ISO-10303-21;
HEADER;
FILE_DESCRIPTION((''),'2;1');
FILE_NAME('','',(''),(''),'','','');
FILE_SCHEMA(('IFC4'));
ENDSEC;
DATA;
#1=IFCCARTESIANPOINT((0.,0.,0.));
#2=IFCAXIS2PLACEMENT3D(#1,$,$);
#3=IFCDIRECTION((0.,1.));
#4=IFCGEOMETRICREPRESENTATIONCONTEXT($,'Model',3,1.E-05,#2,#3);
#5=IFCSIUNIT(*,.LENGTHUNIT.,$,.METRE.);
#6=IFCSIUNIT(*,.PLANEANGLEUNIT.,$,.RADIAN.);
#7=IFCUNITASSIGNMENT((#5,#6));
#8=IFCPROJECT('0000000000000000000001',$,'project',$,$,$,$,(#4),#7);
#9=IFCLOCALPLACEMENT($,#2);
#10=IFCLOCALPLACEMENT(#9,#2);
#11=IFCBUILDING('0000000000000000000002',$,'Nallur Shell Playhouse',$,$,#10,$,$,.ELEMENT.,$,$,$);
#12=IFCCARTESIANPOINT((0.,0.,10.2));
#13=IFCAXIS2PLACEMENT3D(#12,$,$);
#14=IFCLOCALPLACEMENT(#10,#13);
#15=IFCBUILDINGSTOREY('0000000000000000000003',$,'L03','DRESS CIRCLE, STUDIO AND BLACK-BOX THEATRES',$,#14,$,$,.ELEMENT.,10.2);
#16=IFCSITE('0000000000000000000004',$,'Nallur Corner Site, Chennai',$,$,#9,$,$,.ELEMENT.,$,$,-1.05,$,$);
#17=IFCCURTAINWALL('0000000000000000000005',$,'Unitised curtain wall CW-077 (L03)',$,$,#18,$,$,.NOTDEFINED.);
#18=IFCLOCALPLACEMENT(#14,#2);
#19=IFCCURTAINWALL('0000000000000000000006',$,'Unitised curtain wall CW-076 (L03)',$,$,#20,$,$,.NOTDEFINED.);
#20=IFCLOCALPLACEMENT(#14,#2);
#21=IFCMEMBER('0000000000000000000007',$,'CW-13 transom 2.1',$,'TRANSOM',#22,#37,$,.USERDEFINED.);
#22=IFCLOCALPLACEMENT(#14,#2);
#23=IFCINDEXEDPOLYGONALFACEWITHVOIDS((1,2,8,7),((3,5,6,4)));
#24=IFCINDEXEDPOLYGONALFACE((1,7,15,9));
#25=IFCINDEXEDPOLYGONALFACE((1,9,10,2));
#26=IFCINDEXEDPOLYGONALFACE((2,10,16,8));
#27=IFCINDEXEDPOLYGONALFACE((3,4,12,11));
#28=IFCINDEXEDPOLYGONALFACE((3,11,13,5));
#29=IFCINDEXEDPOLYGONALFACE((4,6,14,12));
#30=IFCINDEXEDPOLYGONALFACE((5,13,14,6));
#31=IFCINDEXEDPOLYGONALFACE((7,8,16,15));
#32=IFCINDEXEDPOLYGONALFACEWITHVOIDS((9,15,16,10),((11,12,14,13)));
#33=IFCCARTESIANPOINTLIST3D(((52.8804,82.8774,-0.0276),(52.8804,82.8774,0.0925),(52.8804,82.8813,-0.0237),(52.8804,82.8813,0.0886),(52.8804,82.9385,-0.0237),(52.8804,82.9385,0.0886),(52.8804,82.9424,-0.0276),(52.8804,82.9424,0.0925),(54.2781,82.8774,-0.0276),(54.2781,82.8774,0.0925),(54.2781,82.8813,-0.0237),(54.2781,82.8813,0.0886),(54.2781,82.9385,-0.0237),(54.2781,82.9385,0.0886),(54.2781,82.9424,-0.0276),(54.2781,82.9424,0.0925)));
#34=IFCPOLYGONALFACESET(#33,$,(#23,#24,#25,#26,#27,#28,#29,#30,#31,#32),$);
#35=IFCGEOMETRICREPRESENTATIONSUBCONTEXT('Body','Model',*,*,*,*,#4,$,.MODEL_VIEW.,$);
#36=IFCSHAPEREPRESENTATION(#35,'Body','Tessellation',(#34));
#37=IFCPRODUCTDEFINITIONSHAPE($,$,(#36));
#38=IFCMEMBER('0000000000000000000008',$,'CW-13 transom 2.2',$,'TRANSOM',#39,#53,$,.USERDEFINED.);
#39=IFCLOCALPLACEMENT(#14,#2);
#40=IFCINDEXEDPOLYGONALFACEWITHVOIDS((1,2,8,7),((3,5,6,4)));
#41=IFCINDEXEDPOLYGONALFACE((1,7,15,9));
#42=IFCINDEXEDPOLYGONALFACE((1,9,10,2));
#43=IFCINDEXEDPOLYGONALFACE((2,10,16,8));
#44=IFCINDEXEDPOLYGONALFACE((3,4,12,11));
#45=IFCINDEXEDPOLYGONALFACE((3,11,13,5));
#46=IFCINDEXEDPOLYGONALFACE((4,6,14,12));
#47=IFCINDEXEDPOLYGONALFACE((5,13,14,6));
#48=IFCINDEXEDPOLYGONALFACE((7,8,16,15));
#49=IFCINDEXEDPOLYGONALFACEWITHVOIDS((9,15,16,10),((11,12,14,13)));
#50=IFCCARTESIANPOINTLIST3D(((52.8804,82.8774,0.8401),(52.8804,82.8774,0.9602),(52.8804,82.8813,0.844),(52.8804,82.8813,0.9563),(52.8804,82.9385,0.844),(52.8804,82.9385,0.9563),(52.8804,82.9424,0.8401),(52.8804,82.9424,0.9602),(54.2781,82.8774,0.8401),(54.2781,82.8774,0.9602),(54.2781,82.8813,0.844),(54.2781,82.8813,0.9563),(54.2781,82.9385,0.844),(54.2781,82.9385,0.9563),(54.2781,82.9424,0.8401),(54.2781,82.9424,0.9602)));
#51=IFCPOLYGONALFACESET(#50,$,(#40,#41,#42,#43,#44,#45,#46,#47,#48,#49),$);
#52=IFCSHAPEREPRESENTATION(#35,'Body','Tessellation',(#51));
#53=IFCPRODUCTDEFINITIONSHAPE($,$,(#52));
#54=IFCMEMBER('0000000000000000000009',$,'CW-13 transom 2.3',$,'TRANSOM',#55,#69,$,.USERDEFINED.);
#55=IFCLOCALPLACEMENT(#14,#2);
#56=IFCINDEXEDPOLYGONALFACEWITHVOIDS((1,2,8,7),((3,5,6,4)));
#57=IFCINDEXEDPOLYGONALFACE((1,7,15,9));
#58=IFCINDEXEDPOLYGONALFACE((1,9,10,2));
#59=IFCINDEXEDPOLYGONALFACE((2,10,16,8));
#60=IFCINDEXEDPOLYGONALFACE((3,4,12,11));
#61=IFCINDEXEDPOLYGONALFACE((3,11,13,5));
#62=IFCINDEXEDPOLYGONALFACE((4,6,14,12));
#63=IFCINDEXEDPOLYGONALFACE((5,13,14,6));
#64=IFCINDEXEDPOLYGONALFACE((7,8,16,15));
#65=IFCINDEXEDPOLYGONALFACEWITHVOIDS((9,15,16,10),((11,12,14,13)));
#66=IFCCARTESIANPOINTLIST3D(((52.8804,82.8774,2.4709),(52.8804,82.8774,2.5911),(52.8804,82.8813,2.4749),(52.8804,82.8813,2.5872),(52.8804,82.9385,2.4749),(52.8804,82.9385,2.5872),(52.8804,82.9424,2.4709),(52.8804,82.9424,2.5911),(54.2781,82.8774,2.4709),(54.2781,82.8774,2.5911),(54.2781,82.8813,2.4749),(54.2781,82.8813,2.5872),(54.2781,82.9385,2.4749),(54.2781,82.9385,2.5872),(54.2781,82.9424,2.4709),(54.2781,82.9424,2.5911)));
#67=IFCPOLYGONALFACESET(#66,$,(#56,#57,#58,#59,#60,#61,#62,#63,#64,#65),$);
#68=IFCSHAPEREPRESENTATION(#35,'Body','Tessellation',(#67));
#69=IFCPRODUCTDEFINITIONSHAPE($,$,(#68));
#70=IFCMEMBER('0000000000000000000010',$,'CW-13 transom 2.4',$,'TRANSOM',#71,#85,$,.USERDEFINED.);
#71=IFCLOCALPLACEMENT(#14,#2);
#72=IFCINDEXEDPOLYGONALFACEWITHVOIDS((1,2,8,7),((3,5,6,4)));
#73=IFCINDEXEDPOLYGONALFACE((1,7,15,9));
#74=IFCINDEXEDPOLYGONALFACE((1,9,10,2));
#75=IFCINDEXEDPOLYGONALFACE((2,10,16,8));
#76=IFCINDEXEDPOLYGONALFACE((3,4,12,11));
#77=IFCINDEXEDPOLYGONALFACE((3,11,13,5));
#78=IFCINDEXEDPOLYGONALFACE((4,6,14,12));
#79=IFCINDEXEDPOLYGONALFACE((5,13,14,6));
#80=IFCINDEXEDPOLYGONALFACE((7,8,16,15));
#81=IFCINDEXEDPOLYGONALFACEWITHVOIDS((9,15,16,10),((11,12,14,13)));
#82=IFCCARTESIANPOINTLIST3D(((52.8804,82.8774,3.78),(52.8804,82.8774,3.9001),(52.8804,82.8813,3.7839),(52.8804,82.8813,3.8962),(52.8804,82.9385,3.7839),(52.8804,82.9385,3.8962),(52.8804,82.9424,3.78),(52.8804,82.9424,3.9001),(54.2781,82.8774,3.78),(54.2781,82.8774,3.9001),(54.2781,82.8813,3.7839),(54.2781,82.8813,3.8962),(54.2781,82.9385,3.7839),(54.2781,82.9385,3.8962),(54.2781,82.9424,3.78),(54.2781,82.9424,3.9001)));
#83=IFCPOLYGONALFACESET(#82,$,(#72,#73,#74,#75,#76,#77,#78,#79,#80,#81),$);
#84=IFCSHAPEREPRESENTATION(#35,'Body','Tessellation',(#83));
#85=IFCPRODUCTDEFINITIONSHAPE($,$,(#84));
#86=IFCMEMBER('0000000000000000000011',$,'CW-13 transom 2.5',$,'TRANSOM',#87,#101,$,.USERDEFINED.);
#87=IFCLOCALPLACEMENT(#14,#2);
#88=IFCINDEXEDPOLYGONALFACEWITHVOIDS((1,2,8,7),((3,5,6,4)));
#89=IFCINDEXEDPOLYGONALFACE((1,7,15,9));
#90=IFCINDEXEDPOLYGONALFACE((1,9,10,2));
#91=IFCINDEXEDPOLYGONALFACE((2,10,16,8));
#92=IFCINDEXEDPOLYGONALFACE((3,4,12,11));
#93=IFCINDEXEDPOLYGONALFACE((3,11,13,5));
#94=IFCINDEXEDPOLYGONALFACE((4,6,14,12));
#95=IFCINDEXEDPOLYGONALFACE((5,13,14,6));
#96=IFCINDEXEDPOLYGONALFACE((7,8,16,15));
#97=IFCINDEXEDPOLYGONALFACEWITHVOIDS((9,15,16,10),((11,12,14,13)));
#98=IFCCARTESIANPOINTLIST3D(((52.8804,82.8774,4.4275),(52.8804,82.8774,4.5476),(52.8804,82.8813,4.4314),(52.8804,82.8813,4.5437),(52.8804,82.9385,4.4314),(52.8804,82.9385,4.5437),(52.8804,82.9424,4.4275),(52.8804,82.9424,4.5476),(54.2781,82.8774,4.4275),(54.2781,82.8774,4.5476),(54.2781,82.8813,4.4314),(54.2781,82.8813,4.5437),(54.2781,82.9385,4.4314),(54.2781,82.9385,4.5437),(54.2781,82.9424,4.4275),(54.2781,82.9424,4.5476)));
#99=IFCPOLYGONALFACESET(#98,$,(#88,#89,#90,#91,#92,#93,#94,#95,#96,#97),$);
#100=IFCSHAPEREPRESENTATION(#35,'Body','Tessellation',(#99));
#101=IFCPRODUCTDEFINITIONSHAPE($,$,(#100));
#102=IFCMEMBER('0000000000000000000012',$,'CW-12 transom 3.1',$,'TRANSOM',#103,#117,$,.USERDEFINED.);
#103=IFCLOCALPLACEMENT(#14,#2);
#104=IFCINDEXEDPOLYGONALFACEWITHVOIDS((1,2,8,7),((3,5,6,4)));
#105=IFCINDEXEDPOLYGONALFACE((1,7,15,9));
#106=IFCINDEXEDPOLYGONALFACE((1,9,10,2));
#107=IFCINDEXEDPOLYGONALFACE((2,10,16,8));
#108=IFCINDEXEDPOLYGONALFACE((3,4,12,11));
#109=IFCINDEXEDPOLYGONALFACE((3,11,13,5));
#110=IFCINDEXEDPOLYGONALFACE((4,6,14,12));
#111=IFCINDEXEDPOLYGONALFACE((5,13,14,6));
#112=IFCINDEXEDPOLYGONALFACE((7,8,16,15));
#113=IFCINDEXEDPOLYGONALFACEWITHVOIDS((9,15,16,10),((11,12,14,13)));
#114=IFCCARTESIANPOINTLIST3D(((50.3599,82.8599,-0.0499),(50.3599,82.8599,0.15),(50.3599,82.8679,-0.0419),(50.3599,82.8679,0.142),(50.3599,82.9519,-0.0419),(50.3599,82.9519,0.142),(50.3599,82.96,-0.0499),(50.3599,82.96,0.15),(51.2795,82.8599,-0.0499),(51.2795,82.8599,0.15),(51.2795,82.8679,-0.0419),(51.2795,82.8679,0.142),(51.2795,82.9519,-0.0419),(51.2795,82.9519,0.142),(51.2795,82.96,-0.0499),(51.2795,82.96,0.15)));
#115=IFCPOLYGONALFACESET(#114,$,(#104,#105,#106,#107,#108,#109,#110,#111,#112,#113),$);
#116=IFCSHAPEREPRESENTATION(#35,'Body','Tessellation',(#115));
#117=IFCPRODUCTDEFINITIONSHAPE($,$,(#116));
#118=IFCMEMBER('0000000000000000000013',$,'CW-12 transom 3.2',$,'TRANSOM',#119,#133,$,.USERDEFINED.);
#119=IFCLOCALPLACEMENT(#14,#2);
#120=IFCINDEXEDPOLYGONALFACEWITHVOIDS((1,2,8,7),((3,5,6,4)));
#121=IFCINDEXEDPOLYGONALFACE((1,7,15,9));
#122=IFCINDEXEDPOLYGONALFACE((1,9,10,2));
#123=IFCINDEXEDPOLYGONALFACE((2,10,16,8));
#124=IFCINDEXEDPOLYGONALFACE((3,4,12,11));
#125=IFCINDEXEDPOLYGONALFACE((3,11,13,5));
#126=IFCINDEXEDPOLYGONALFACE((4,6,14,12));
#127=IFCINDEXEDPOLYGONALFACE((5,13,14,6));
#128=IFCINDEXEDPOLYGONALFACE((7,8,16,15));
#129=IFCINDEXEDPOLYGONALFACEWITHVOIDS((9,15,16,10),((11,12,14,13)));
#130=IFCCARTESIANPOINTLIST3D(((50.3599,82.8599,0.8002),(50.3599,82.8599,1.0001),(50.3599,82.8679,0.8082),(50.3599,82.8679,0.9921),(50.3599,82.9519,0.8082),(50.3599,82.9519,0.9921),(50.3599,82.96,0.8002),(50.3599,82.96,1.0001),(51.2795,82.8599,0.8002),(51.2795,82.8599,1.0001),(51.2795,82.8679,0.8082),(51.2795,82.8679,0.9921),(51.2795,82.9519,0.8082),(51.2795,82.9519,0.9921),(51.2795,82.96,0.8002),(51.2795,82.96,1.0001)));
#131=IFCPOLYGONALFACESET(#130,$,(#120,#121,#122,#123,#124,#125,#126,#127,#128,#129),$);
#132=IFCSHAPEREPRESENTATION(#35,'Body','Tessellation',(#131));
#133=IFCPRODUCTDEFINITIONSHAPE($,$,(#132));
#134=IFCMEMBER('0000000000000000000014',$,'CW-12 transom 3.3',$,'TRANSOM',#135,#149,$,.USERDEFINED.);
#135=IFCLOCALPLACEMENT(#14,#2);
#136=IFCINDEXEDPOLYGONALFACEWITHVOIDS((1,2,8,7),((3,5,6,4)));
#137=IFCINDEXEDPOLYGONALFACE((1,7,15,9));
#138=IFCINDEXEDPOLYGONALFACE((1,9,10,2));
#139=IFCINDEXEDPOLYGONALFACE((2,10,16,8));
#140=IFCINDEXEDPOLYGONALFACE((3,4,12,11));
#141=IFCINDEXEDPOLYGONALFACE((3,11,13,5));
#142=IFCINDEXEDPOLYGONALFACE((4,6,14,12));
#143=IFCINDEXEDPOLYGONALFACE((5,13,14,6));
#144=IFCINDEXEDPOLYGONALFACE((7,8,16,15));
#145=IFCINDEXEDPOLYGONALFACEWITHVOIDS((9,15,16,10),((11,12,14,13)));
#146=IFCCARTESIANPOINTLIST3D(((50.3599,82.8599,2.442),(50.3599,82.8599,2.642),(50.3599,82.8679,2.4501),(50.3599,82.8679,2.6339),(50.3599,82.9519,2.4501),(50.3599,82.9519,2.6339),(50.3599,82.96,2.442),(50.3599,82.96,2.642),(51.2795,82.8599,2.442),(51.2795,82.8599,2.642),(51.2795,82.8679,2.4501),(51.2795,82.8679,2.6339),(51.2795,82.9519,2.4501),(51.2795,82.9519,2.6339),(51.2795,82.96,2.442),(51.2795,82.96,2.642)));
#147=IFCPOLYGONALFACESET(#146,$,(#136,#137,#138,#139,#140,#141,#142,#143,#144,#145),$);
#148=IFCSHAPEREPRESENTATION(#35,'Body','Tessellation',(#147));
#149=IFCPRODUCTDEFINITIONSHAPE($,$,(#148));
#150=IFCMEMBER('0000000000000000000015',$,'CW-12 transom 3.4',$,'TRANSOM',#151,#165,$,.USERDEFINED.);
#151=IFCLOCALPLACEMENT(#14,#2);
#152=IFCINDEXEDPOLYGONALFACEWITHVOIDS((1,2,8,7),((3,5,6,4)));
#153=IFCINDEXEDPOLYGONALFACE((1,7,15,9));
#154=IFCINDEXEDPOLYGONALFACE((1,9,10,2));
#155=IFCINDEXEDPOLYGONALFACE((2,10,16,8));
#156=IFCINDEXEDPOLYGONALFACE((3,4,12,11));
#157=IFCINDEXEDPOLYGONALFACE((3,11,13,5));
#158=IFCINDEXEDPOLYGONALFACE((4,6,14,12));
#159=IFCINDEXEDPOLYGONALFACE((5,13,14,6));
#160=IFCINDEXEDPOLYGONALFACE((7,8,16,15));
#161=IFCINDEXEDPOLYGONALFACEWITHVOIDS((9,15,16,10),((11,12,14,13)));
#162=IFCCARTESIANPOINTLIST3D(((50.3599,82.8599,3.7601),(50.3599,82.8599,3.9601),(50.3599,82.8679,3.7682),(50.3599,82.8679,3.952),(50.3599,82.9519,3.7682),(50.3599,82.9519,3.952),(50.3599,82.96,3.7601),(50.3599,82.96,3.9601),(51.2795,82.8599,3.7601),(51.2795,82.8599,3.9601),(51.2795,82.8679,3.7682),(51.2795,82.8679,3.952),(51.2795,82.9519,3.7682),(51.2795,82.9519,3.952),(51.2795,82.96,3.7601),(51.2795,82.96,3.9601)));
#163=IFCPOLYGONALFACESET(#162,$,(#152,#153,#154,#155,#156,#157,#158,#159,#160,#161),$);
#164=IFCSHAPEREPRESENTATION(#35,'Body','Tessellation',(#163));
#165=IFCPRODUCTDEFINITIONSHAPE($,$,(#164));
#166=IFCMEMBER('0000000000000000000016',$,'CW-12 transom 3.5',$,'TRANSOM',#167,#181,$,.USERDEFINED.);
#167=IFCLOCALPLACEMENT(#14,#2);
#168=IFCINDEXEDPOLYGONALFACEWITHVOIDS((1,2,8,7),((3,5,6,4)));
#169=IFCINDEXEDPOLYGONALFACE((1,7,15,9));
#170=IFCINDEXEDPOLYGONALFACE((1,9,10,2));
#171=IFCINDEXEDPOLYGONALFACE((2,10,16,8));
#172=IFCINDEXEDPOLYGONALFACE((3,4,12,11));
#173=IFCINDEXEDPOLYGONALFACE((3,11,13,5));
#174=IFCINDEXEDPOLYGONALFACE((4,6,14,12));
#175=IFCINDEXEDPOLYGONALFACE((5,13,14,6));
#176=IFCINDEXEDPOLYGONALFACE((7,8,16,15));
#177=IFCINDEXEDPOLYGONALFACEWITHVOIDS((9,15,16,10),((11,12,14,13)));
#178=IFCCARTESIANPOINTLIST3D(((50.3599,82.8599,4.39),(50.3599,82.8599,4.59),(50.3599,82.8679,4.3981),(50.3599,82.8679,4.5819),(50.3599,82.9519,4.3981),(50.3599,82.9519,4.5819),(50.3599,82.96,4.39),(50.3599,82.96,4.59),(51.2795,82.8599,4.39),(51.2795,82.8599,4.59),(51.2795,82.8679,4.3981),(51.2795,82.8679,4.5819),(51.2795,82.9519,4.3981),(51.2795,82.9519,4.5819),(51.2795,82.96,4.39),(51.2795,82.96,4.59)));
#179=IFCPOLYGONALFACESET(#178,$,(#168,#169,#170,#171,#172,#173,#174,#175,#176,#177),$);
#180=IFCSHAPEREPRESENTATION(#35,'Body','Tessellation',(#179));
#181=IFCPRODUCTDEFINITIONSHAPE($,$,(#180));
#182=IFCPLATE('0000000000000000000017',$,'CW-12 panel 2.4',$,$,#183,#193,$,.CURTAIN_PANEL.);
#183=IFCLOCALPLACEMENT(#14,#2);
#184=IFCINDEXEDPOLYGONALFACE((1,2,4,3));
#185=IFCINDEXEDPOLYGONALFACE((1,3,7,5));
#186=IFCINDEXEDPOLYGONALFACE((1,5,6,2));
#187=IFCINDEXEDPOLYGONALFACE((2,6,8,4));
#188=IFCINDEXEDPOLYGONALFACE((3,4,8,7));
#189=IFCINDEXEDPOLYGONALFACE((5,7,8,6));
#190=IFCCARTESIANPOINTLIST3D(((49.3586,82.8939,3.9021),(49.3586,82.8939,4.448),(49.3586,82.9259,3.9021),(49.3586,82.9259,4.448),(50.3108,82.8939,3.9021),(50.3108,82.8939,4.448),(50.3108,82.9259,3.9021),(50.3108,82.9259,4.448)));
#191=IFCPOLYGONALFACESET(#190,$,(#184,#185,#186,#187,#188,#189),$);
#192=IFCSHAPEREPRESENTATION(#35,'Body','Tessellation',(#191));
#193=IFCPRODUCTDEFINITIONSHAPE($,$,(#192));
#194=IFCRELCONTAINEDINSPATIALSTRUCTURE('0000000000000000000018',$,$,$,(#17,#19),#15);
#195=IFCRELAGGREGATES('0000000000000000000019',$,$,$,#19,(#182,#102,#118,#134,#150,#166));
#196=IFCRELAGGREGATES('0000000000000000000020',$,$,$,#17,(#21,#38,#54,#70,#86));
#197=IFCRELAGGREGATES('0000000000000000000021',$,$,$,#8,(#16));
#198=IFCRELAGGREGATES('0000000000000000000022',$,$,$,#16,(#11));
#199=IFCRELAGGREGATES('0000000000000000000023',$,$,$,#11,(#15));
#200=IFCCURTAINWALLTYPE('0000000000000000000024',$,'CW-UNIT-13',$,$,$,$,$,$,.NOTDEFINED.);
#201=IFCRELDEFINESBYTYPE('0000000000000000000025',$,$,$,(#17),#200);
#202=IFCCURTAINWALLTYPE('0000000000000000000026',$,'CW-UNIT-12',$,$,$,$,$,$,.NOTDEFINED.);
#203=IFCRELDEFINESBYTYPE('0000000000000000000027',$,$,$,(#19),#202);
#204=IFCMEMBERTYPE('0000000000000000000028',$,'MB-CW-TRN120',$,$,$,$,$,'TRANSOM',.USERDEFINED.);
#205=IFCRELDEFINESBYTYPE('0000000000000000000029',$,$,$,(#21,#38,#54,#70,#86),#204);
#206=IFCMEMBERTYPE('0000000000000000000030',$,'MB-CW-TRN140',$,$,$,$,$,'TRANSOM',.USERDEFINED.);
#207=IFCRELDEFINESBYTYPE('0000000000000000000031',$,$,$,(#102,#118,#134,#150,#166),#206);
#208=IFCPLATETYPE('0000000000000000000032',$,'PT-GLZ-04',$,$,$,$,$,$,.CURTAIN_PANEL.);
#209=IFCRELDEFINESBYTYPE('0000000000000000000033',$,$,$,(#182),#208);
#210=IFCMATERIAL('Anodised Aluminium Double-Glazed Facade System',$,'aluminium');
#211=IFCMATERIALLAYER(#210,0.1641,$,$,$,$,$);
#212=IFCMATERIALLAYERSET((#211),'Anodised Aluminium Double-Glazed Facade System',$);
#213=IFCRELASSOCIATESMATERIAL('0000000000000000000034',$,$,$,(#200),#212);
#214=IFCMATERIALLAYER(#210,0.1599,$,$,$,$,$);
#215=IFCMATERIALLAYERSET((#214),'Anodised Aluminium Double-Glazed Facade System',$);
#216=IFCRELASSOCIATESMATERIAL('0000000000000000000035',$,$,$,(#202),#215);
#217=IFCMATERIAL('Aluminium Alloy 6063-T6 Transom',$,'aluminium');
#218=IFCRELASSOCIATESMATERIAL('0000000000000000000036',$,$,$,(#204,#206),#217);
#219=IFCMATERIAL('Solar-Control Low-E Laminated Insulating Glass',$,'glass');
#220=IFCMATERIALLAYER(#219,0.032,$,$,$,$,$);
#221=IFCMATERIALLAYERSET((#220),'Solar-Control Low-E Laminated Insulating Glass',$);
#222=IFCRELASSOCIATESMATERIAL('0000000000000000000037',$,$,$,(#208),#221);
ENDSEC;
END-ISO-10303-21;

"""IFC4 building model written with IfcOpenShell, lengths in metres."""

from ifc_helpers import new_model, si_unit, direction, frame, origin, origin_2d, place, context, subcontext, project, spatial, rectangle, hollow_rectangle, extrude, material, layer, layer_set, material_profile, profile_set, type_object, element, aggregate, save


model = new_model("IFC4")

# Units and contexts
model_context = context("Model", 3, precision=1e-05, world=origin(), true_north=direction((0.0, 1.0)))
body_context = subcontext(model_context, "Body", "Model", "MODEL_VIEW")
ifc_project = project(units=[si_unit("LENGTHUNIT", "METRE"), si_unit("PLANEANGLEUNIT", "RADIAN")], contexts=[model_context])

# Site, building, storey
site_placement = place(None, origin())
site = spatial("IfcSite", under=ifc_project, at=site_placement, Name="Nallur Corner Site, Chennai", CompositionType="ELEMENT", RefElevation=-1.05)
building_placement = place(site_placement, origin())
building = spatial("IfcBuilding", under=site, at=building_placement, Name="Nallur Shell Playhouse", CompositionType="ELEMENT")
storey_placement = place(building_placement, frame((0.0, 0.0, 10.2)))
storey = spatial("IfcBuildingStorey", under=building, at=storey_placement, Name="L03", Description="DRESS CIRCLE, STUDIO AND BLACK-BOX THEATRES", CompositionType="ELEMENT", Elevation=10.2)

# Curtain walls
ifc_material_1 = material(Name="Anodised Aluminium Double-Glazed Facade System", Category="aluminium")
ifc_layer_1 = layer(ifc_material_1, 0.1641)
ifc_layer_set_1 = layer_set([ifc_layer_1], Name="Anodised Aluminium Double-Glazed Facade System")
curtain_wall_type_1 = type_object("IfcCurtainWallType", Name="CW-UNIT-13", PredefinedType="NOTDEFINED", material=ifc_layer_set_1)
curtain_wall_1_placement = place(storey_placement, origin())
curtain_wall_1 = element("IfcCurtainWall", 1, at=curtain_wall_1_placement, inside=storey, type_object=curtain_wall_type_1, Name="Unitised curtain wall CW-077 (L03)", PredefinedType="NOTDEFINED")
ifc_layer_2 = layer(ifc_material_1, 0.1599)
ifc_layer_set_2 = layer_set([ifc_layer_2], Name="Anodised Aluminium Double-Glazed Facade System")
curtain_wall_type_2 = type_object("IfcCurtainWallType", Name="CW-UNIT-12", PredefinedType="NOTDEFINED", material=ifc_layer_set_2)
curtain_wall_2_placement = place(storey_placement, origin())
curtain_wall_2 = element("IfcCurtainWall", 2, at=curtain_wall_2_placement, inside=storey, type_object=curtain_wall_type_2, Name="Unitised curtain wall CW-076 (L03)", PredefinedType="NOTDEFINED")

# Members
ifc_material_2 = material(Name="Aluminium Alloy 6063-T6 Transom", Category="aluminium")
ifc_material_profile_1 = material_profile(ifc_material_2, hollow_rectangle(XDim=0.0649, YDim=0.1201, WallThickness=0.0039, at=origin_2d()), Name="ALU 65x120x4")
ifc_profile_set_1 = profile_set([ifc_material_profile_1], Name="Aluminium Alloy 6063-T6 Transom")
member_type_1 = type_object("IfcMemberType", Name="MB-CW-TRN120", ElementType="TRANSOM", PredefinedType="USERDEFINED", material=ifc_profile_set_1)
member_1_placement = place(storey_placement, frame((52.8804, 82.9099, 0.0325), z_axis=(1.0, 0.0, 0.0), x_axis=(0.0, 1.0, 0.0)))
member_1 = element("IfcMember", 3, at=member_1_placement, type_object=member_type_1, Name="CW-13 transom 2.1", ObjectType="TRANSOM", PredefinedType="USERDEFINED", context=body_context, shape_type="SweptSolid", body=[
    extrude(hollow_rectangle(XDim=0.0649, YDim=0.1201, WallThickness=0.0039, at=origin_2d()), origin(), (0.0, 0.0, 1.0), 1.3977),
])
member_2_placement = place(storey_placement, frame((52.8804, 82.9099, 0.9001), z_axis=(1.0, 0.0, 0.0), x_axis=(0.0, 1.0, 0.0)))
member_2 = element("IfcMember", 4, at=member_2_placement, type_object=member_type_1, Name="CW-13 transom 2.2", ObjectType="TRANSOM", PredefinedType="USERDEFINED", context=body_context, shape_type="SweptSolid", body=[
    extrude(hollow_rectangle(XDim=0.0649, YDim=0.1201, WallThickness=0.0039, at=origin_2d()), origin(), (0.0, 0.0, 1.0), 1.3977),
])
member_3_placement = place(storey_placement, frame((52.8804, 82.9099, 2.531), z_axis=(1.0, 0.0, 0.0), x_axis=(0.0, 1.0, 0.0)))
member_3 = element("IfcMember", 5, at=member_3_placement, type_object=member_type_1, Name="CW-13 transom 2.3", ObjectType="TRANSOM", PredefinedType="USERDEFINED", context=body_context, shape_type="SweptSolid", body=[
    extrude(hollow_rectangle(XDim=0.0649, YDim=0.1201, WallThickness=0.0039, at=origin_2d()), origin(), (0.0, 0.0, 1.0), 1.3977),
])
member_4_placement = place(storey_placement, frame((52.8804, 82.9099, 3.8401), z_axis=(1.0, 0.0, 0.0), x_axis=(0.0, 1.0, 0.0)))
member_4 = element("IfcMember", 6, at=member_4_placement, type_object=member_type_1, Name="CW-13 transom 2.4", ObjectType="TRANSOM", PredefinedType="USERDEFINED", context=body_context, shape_type="SweptSolid", body=[
    extrude(hollow_rectangle(XDim=0.0649, YDim=0.1201, WallThickness=0.0039, at=origin_2d()), origin(), (0.0, 0.0, 1.0), 1.3977),
])
member_5_placement = place(storey_placement, frame((52.8804, 82.9099, 4.4875), z_axis=(1.0, 0.0, 0.0), x_axis=(0.0, 1.0, 0.0)))
member_5 = element("IfcMember", 7, at=member_5_placement, type_object=member_type_1, Name="CW-13 transom 2.5", ObjectType="TRANSOM", PredefinedType="USERDEFINED", context=body_context, shape_type="SweptSolid", body=[
    extrude(hollow_rectangle(XDim=0.0649, YDim=0.1201, WallThickness=0.0039, at=origin_2d()), origin(), (0.0, 0.0, 1.0), 1.3977),
])
ifc_material_profile_2 = material_profile(ifc_material_2, hollow_rectangle(XDim=0.1001, YDim=0.2, WallThickness=0.0081, at=origin_2d()), Name="RHS 200x100x8")
ifc_profile_set_2 = profile_set([ifc_material_profile_2], Name="Aluminium Alloy 6063-T6 Transom")
member_type_2 = type_object("IfcMemberType", Name="MB-CW-TRN140", ElementType="TRANSOM", PredefinedType="USERDEFINED", material=ifc_profile_set_2)
member_6_placement = place(storey_placement, frame((50.3599, 82.9099, 0.05), z_axis=(1.0, 0.0, 0.0), x_axis=(0.0, 1.0, 0.0)))
member_6 = element("IfcMember", 8, at=member_6_placement, type_object=member_type_2, Name="CW-12 transom 3.1", ObjectType="TRANSOM", PredefinedType="USERDEFINED", context=body_context, shape_type="SweptSolid", body=[
    extrude(hollow_rectangle(XDim=0.1001, YDim=0.2, WallThickness=0.0081, at=origin_2d()), origin(), (0.0, 0.0, 1.0), 0.9197),
])
member_7_placement = place(storey_placement, frame((50.3599, 82.9099, 0.9001), z_axis=(1.0, 0.0, 0.0), x_axis=(0.0, 1.0, 0.0)))
member_7 = element("IfcMember", 9, at=member_7_placement, type_object=member_type_2, Name="CW-12 transom 3.2", ObjectType="TRANSOM", PredefinedType="USERDEFINED", context=body_context, shape_type="SweptSolid", body=[
    extrude(hollow_rectangle(XDim=0.1001, YDim=0.2, WallThickness=0.0081, at=origin_2d()), origin(), (0.0, 0.0, 1.0), 0.9197),
])
member_8_placement = place(storey_placement, frame((50.3599, 82.9099, 2.542), z_axis=(1.0, 0.0, 0.0), x_axis=(0.0, 1.0, 0.0)))
member_8 = element("IfcMember", 10, at=member_8_placement, type_object=member_type_2, Name="CW-12 transom 3.3", ObjectType="TRANSOM", PredefinedType="USERDEFINED", context=body_context, shape_type="SweptSolid", body=[
    extrude(hollow_rectangle(XDim=0.1001, YDim=0.2, WallThickness=0.0081, at=origin_2d()), origin(), (0.0, 0.0, 1.0), 0.9197),
])
member_9_placement = place(storey_placement, frame((50.3599, 82.9099, 3.8601), z_axis=(1.0, 0.0, 0.0), x_axis=(0.0, 1.0, 0.0)))
member_9 = element("IfcMember", 11, at=member_9_placement, type_object=member_type_2, Name="CW-12 transom 3.4", ObjectType="TRANSOM", PredefinedType="USERDEFINED", context=body_context, shape_type="SweptSolid", body=[
    extrude(hollow_rectangle(XDim=0.1001, YDim=0.2, WallThickness=0.0081, at=origin_2d()), origin(), (0.0, 0.0, 1.0), 0.9197),
])
member_10_placement = place(storey_placement, frame((50.3599, 82.9099, 4.49), z_axis=(1.0, 0.0, 0.0), x_axis=(0.0, 1.0, 0.0)))
member_10 = element("IfcMember", 12, at=member_10_placement, type_object=member_type_2, Name="CW-12 transom 3.5", ObjectType="TRANSOM", PredefinedType="USERDEFINED", context=body_context, shape_type="SweptSolid", body=[
    extrude(hollow_rectangle(XDim=0.1001, YDim=0.2, WallThickness=0.0081, at=origin_2d()), origin(), (0.0, 0.0, 1.0), 0.9197),
])

# Plate
ifc_material_3 = material(Name="Solar-Control Low-E Laminated Insulating Glass", Category="glass")
ifc_layer_3 = layer(ifc_material_3, 0.032)
ifc_layer_set_3 = layer_set([ifc_layer_3], Name="Solar-Control Low-E Laminated Insulating Glass")
plate_type_1 = type_object("IfcPlateType", Name="PT-GLZ-04", PredefinedType="CURTAIN_PANEL", material=ifc_layer_set_3)
plate_1_placement = place(storey_placement, frame((49.8347, 82.9099, 3.9021), z_axis=(0.0, 0.0, 1.0), x_axis=(1.0, 0.0, 0.0)))
plate_1 = element("IfcPlate", 13, at=plate_1_placement, type_object=plate_type_1, Name="CW-12 panel 2.4", PredefinedType="CURTAIN_PANEL", context=body_context, shape_type="SweptSolid", body=[
    extrude(rectangle(XDim=0.9521, YDim=0.032, at=origin_2d()), origin(), (0.0, 0.0, 1.0), 0.5459),
])
aggregate(curtain_wall_2, [plate_1, member_6, member_7, member_8, member_9, member_10])
aggregate(curtain_wall_1, [member_1, member_2, member_3, member_4, member_5])

save(model, "model.ifc")
